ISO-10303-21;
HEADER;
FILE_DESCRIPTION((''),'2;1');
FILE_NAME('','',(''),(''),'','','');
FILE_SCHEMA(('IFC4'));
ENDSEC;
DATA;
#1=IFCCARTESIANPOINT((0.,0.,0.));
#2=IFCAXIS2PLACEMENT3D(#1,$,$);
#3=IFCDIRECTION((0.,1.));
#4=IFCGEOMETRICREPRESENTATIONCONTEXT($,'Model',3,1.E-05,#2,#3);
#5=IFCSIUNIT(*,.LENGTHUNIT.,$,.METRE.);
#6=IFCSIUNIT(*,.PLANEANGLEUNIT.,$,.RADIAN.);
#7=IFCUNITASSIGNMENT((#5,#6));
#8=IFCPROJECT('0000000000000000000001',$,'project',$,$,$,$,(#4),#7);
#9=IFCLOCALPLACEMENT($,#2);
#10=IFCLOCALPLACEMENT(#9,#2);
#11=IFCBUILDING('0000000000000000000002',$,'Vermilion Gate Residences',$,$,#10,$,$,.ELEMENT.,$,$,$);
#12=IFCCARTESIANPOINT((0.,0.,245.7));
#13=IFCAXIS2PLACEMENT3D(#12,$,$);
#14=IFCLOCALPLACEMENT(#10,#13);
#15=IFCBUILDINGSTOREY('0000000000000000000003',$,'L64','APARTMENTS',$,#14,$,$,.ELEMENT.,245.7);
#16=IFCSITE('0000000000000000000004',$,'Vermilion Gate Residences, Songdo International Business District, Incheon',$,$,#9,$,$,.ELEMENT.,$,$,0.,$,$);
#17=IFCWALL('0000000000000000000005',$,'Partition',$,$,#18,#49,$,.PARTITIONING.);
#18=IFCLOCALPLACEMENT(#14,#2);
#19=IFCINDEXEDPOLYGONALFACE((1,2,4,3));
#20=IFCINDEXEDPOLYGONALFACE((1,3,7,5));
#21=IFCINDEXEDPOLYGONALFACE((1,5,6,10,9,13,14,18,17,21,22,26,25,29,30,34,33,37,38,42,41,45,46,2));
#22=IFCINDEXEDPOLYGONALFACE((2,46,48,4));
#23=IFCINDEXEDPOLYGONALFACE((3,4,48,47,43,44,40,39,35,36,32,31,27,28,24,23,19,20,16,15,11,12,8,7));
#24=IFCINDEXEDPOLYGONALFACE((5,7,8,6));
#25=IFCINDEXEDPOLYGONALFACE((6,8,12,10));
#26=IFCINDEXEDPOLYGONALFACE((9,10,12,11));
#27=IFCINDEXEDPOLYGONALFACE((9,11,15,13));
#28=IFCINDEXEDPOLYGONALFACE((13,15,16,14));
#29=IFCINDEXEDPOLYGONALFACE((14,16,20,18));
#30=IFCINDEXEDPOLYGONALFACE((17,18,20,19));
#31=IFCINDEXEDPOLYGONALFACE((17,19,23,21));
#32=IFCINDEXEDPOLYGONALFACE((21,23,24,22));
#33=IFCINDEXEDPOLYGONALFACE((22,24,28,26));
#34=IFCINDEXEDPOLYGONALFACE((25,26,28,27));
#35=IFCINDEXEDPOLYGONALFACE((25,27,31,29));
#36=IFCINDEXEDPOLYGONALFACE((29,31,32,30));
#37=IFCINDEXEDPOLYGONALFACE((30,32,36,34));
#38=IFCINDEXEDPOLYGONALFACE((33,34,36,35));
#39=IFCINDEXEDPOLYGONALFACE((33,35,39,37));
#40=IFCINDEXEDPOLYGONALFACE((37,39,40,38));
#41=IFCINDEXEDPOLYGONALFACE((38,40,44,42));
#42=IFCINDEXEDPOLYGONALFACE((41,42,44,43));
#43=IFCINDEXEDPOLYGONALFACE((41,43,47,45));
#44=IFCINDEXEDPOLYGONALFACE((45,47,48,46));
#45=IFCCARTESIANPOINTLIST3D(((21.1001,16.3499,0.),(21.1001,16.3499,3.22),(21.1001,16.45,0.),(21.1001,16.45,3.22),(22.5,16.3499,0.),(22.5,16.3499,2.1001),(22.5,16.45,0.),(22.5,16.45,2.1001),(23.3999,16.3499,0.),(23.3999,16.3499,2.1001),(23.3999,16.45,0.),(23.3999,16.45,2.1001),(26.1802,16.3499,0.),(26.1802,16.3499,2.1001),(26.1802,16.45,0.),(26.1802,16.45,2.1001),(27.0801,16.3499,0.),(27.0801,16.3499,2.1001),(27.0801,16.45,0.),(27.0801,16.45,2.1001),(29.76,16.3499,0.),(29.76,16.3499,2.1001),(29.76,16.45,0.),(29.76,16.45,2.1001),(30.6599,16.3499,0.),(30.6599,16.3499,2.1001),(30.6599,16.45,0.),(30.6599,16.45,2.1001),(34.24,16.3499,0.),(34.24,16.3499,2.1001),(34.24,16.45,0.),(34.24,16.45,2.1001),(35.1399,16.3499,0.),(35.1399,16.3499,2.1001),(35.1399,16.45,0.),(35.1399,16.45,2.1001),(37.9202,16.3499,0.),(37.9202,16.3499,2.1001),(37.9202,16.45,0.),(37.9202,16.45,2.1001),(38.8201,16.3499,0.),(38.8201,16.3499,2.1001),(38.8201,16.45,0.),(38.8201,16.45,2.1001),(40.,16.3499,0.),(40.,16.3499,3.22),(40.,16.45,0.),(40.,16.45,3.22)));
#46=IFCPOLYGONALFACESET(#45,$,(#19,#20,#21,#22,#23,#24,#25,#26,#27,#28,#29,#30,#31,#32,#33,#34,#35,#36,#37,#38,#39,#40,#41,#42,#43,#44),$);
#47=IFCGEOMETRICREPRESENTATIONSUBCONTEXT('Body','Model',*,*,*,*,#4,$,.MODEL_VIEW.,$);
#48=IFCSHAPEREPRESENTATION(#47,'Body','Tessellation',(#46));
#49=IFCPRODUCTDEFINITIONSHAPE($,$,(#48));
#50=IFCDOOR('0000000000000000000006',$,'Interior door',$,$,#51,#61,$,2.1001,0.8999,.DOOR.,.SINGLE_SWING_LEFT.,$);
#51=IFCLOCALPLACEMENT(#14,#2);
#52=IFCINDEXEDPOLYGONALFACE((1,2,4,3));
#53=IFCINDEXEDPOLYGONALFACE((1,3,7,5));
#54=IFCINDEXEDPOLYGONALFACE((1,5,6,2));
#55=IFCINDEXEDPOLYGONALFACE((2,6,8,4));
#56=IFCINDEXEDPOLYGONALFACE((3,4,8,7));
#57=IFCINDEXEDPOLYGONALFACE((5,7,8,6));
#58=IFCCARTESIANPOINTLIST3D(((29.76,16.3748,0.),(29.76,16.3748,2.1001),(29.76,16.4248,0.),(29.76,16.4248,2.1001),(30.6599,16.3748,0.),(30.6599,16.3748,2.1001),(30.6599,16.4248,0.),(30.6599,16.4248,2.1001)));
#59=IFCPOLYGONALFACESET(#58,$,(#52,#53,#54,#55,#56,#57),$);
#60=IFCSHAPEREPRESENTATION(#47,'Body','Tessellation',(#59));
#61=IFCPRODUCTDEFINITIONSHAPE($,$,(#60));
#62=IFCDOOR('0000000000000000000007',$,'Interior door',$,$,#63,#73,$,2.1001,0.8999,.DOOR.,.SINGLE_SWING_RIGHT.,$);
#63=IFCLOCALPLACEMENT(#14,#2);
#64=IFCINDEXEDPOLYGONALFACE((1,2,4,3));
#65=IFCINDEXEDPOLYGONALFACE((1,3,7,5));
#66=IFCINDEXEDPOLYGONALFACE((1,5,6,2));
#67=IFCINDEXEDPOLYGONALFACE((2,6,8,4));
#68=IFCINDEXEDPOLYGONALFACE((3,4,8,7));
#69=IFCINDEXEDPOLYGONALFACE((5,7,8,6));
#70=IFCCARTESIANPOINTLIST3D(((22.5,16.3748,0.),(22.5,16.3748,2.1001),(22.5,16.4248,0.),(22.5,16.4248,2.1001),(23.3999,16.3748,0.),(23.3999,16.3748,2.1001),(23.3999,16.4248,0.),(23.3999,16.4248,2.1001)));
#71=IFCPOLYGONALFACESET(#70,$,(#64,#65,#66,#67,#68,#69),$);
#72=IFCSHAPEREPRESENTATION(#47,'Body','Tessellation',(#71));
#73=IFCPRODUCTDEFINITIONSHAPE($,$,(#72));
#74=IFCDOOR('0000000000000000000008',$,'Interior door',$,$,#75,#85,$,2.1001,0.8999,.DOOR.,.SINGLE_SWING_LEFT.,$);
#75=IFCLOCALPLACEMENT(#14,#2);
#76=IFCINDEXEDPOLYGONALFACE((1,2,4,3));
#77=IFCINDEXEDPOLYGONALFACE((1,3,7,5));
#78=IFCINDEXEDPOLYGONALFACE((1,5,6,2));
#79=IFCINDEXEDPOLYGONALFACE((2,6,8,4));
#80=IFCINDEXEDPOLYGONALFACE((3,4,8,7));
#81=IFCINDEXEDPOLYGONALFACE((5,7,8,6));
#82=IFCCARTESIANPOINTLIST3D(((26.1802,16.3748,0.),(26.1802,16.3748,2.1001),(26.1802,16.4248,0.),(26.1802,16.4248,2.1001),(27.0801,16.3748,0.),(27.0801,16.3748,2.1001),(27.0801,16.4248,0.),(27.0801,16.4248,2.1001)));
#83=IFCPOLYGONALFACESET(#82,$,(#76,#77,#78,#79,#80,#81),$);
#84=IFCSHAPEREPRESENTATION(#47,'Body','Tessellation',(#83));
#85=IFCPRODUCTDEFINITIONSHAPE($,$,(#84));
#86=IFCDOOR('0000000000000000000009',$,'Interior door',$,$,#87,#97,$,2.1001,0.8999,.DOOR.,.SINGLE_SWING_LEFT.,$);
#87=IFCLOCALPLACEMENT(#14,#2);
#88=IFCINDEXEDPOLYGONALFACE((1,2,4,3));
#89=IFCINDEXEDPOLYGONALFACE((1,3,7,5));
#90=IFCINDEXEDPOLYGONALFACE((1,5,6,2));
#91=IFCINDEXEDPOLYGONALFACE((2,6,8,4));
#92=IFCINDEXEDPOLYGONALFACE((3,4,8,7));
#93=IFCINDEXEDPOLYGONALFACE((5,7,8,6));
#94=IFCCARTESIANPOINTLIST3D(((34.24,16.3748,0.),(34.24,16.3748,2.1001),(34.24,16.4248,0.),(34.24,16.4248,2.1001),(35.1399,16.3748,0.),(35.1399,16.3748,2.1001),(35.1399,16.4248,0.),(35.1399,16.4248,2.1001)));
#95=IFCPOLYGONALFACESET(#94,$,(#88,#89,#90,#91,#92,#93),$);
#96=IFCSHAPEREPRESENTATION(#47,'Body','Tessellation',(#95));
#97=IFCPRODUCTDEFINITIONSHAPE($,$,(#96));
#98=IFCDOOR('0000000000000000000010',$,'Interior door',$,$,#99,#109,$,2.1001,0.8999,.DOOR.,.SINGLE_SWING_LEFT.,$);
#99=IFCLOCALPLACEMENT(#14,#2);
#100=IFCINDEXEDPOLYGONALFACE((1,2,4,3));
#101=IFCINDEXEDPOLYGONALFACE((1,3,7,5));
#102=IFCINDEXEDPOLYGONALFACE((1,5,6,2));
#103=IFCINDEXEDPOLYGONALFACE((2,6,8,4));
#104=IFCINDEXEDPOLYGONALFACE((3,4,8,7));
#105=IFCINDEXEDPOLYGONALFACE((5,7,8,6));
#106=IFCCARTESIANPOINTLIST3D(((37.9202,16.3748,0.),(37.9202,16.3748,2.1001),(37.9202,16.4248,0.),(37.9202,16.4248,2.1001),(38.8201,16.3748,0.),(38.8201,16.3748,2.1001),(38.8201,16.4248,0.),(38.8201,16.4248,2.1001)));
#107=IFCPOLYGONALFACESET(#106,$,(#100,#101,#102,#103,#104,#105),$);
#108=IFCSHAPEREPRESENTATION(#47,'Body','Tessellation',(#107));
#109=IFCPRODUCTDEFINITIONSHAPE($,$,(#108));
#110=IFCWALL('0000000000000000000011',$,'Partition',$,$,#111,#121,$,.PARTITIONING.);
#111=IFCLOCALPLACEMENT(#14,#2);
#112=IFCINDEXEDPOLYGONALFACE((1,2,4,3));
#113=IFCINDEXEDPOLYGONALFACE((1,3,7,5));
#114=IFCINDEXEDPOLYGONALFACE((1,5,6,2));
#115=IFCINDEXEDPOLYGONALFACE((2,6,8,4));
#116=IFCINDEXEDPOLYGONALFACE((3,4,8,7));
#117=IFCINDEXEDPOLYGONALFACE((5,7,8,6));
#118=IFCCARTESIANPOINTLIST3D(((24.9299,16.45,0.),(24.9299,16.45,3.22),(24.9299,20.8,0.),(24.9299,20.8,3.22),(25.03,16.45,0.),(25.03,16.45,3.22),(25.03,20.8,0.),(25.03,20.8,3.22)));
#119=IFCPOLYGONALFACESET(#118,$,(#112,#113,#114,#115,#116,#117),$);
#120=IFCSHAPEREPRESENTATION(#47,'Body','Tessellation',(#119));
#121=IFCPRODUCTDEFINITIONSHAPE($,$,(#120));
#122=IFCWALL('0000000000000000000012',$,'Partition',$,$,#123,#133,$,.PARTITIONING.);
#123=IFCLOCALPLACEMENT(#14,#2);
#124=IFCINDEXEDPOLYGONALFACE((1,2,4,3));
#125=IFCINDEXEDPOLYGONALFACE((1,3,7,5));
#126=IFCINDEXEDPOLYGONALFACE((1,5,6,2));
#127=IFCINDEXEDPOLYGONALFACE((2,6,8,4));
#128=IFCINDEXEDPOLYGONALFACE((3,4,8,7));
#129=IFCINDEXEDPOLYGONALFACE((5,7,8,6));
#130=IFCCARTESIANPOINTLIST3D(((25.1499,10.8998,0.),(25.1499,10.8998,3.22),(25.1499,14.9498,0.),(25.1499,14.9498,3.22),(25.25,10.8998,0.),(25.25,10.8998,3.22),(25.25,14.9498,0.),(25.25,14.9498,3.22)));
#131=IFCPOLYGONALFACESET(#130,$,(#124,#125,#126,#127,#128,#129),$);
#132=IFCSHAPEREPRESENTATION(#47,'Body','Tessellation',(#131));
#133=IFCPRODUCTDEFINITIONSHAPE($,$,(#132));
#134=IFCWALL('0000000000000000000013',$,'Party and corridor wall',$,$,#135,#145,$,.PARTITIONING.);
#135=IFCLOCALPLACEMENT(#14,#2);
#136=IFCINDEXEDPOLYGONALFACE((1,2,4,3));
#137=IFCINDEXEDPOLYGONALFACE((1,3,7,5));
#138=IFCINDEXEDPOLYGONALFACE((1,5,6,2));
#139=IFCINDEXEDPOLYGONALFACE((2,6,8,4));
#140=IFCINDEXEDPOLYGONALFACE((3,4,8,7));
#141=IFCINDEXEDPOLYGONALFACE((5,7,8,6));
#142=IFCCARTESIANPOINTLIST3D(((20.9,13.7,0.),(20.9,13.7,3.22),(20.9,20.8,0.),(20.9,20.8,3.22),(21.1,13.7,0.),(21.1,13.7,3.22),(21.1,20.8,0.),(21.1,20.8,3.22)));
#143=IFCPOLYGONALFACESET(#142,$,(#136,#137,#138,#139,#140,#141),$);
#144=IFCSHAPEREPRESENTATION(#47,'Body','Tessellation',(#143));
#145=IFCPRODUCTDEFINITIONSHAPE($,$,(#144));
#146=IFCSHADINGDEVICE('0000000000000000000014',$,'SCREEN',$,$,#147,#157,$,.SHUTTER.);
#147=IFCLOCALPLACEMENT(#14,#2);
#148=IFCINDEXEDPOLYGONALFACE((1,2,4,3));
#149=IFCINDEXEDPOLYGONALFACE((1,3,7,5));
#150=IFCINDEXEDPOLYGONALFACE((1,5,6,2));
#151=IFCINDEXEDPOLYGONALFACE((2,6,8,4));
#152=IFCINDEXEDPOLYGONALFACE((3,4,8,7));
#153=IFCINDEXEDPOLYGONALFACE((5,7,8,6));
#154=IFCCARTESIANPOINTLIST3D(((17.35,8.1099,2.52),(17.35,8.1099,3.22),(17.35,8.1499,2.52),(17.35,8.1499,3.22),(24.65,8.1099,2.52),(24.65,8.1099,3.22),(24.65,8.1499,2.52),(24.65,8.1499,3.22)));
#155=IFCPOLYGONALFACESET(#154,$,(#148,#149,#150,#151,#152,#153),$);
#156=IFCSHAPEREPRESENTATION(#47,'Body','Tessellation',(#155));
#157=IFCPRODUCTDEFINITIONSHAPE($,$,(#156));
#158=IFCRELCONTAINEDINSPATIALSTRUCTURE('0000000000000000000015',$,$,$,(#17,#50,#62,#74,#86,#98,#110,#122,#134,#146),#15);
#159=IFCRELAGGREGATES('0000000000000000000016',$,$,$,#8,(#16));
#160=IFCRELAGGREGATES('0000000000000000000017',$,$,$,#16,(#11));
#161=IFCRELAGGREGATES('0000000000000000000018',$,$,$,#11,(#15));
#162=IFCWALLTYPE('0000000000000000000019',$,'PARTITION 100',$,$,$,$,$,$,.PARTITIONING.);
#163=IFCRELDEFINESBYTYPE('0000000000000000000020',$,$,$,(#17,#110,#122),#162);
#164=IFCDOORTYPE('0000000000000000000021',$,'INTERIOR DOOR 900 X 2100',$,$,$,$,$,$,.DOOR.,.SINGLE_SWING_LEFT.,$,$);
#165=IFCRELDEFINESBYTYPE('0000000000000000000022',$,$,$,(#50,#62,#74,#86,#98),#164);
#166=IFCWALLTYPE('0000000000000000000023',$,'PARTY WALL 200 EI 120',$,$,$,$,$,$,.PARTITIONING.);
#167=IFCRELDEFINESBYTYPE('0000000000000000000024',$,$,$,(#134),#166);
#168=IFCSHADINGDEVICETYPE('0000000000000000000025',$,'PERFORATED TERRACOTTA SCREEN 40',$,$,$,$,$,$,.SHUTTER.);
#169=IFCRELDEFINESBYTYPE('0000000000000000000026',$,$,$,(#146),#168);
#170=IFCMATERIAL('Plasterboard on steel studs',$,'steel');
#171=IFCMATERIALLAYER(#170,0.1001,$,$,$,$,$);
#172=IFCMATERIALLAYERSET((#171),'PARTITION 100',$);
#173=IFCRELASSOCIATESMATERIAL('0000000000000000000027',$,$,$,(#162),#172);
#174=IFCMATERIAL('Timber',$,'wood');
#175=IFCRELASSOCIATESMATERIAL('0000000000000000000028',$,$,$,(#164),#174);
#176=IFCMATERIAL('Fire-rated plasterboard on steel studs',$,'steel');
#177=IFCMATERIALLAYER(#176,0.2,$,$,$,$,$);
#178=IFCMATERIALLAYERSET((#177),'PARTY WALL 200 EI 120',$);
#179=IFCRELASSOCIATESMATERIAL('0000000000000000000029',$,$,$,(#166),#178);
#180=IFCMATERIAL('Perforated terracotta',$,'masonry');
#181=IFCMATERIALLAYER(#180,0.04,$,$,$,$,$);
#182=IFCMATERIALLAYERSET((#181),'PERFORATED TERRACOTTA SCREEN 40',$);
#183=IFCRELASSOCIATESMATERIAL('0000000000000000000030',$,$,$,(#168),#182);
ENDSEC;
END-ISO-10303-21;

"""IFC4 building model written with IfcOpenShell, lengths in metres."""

from ifc_helpers import new_model, si_unit, direction, frame, frame_2d, origin, origin_2d, place, context, subcontext, project, spatial, rectangle, extrude, material, layer, layer_set, type_object, element, fill, save


model = new_model("IFC4")

# Units and contexts
model_context = context("Model", 3, precision=1e-05, world=origin(), true_north=direction((0.0, 1.0)))
body_context = subcontext(model_context, "Body", "Model", "MODEL_VIEW")
ifc_project = project(units=[si_unit("LENGTHUNIT", "METRE"), si_unit("PLANEANGLEUNIT", "RADIAN")], contexts=[model_context])

# Site, building, storey
site_placement = place(None, origin())
site = spatial("IfcSite", under=ifc_project, at=site_placement, Name="Vermilion Gate Residences, Songdo International Business District, Incheon", CompositionType="ELEMENT", RefElevation=0.0)
building_placement = place(site_placement, origin())
building = spatial("IfcBuilding", under=site, at=building_placement, Name="Vermilion Gate Residences", CompositionType="ELEMENT")
storey_placement = place(building_placement, frame((0.0, 0.0, 245.7)))
storey = spatial("IfcBuildingStorey", under=building, at=storey_placement, Name="L64", Description="APARTMENTS", CompositionType="ELEMENT", Elevation=245.7)

# Wall, openings, doors
ifc_material_1 = material(Name="Plasterboard on steel studs", Category="steel")
ifc_layer_1 = layer(ifc_material_1, 0.1001)
ifc_layer_set_1 = layer_set([ifc_layer_1], Name="PARTITION 100")
wall_type_1 = type_object("IfcWallType", Name="PARTITION 100", PredefinedType="PARTITIONING", material=ifc_layer_set_1)
ifc_material_2 = material(Name="Timber", Category="wood")
door_type = type_object("IfcDoorType", Name="INTERIOR DOOR 900 X 2100", OperationType="SINGLE_SWING_LEFT", PredefinedType="DOOR", material=ifc_material_2)
wall_1_placement = place(storey_placement, frame((21.1001, 16.3999, 0.0), z_axis=(0.0, 0.0, 1.0), x_axis=(1.0, 0.0, 0.0)))
wall_1 = element("IfcWall", 1, at=wall_1_placement, inside=storey, type_object=wall_type_1, Name="Partition", PredefinedType="PARTITIONING", context=body_context, shape_type="SweptSolid", body=[
    extrude(rectangle(XDim=18.8999, YDim=0.1001, at=frame_2d((9.45, 0.0))), origin(), (0.0, 0.0, 1.0), 3.22),
])
opening_1_placement = place(wall_1_placement, frame((8.6599, 0.0, 0.0)))
opening_1 = element("IfcOpeningElement", 2, at=opening_1_placement, cuts=wall_1, PredefinedType="OPENING", context=body_context, shape_type="SweptSolid", body=[
    extrude(rectangle(XDim=0.8999, YDim=2.1001, at=frame_2d((0.45, 1.05))), frame((0.0, 0.0601, 0.0), z_axis=(0.0, -1.0, 0.0), x_axis=(1.0, 0.0, 0.0)), (0.0, 0.0, 1.0), 0.1201),
])
opening_2_placement = place(wall_1_placement, frame((1.3999, 0.0, 0.0)))
opening_2 = element("IfcOpeningElement", 3, at=opening_2_placement, cuts=wall_1, PredefinedType="OPENING", context=body_context, shape_type="SweptSolid", body=[
    extrude(rectangle(XDim=0.8999, YDim=2.1001, at=frame_2d((0.45, 1.05))), frame((0.0, 0.0601, 0.0), z_axis=(0.0, -1.0, 0.0), x_axis=(1.0, 0.0, 0.0)), (0.0, 0.0, 1.0), 0.1201),
])
opening_3_placement = place(wall_1_placement, frame((5.0801, 0.0, 0.0)))
opening_3 = element("IfcOpeningElement", 4, at=opening_3_placement, cuts=wall_1, PredefinedType="OPENING", context=body_context, shape_type="SweptSolid", body=[
    extrude(rectangle(XDim=0.8999, YDim=2.1001, at=frame_2d((0.45, 1.05))), frame((0.0, 0.0601, 0.0), z_axis=(0.0, -1.0, 0.0), x_axis=(1.0, 0.0, 0.0)), (0.0, 0.0, 1.0), 0.1201),
])
opening_4_placement = place(wall_1_placement, frame((13.1399, 0.0, 0.0)))
opening_4 = element("IfcOpeningElement", 5, at=opening_4_placement, cuts=wall_1, PredefinedType="OPENING", context=body_context, shape_type="SweptSolid", body=[
    extrude(rectangle(XDim=0.8999, YDim=2.1001, at=frame_2d((0.45, 1.05))), frame((0.0, 0.0601, 0.0), z_axis=(0.0, -1.0, 0.0), x_axis=(1.0, 0.0, 0.0)), (0.0, 0.0, 1.0), 0.1201),
])
opening_5_placement = place(wall_1_placement, frame((16.8201, 0.0, 0.0)))
opening_5 = element("IfcOpeningElement", 6, at=opening_5_placement, cuts=wall_1, PredefinedType="OPENING", context=body_context, shape_type="SweptSolid", body=[
    extrude(rectangle(XDim=0.8999, YDim=2.1001, at=frame_2d((0.45, 1.05))), frame((0.0, 0.0601, 0.0), z_axis=(0.0, -1.0, 0.0), x_axis=(1.0, 0.0, 0.0)), (0.0, 0.0, 1.0), 0.1201),
])
door_1_placement = place(opening_1_placement, origin())
door_1 = element("IfcDoor", 7, at=door_1_placement, inside=storey, type_object=door_type, Name="Interior door", OperationType="SINGLE_SWING_LEFT", OverallHeight=2.1001, OverallWidth=0.8999, PredefinedType="DOOR", context=body_context, shape_type="SweptSolid", body=[
    extrude(rectangle(XDim=0.8999, YDim=2.1001, at=frame_2d((0.45, 1.05))), frame((0.0, 0.0249, 0.0), z_axis=(0.0, -1.0, 0.0), x_axis=(1.0, 0.0, 0.0)), (0.0, 0.0, 1.0), 0.05),
])
fill(opening_1, door_1)
door_2_placement = place(opening_2_placement, origin())
door_2 = element("IfcDoor", 8, at=door_2_placement, inside=storey, type_object=door_type, Name="Interior door", OperationType="SINGLE_SWING_RIGHT", OverallHeight=2.1001, OverallWidth=0.8999, PredefinedType="DOOR", context=body_context, shape_type="SweptSolid", body=[
    extrude(rectangle(XDim=0.8999, YDim=2.1001, at=frame_2d((0.45, 1.05))), frame((0.0, 0.0249, 0.0), z_axis=(0.0, -1.0, 0.0), x_axis=(1.0, 0.0, 0.0)), (0.0, 0.0, 1.0), 0.05),
])
fill(opening_2, door_2)
door_3_placement = place(opening_3_placement, origin())
door_3 = element("IfcDoor", 9, at=door_3_placement, inside=storey, type_object=door_type, Name="Interior door", OperationType="SINGLE_SWING_LEFT", OverallHeight=2.1001, OverallWidth=0.8999, PredefinedType="DOOR", context=body_context, shape_type="SweptSolid", body=[
    extrude(rectangle(XDim=0.8999, YDim=2.1001, at=frame_2d((0.45, 1.05))), frame((0.0, 0.0249, 0.0), z_axis=(0.0, -1.0, 0.0), x_axis=(1.0, 0.0, 0.0)), (0.0, 0.0, 1.0), 0.05),
])
fill(opening_3, door_3)
door_4_placement = place(opening_4_placement, origin())
door_4 = element("IfcDoor", 10, at=door_4_placement, inside=storey, type_object=door_type, Name="Interior door", OperationType="SINGLE_SWING_LEFT", OverallHeight=2.1001, OverallWidth=0.8999, PredefinedType="DOOR", context=body_context, shape_type="SweptSolid", body=[
    extrude(rectangle(XDim=0.8999, YDim=2.1001, at=frame_2d((0.45, 1.05))), frame((0.0, 0.0249, 0.0), z_axis=(0.0, -1.0, 0.0), x_axis=(1.0, 0.0, 0.0)), (0.0, 0.0, 1.0), 0.05),
])
fill(opening_4, door_4)
door_5_placement = place(opening_5_placement, origin())
door_5 = element("IfcDoor", 11, at=door_5_placement, inside=storey, type_object=door_type, Name="Interior door", OperationType="SINGLE_SWING_LEFT", OverallHeight=2.1001, OverallWidth=0.8999, PredefinedType="DOOR", context=body_context, shape_type="SweptSolid", body=[
    extrude(rectangle(XDim=0.8999, YDim=2.1001, at=frame_2d((0.45, 1.05))), frame((0.0, 0.0249, 0.0), z_axis=(0.0, -1.0, 0.0), x_axis=(1.0, 0.0, 0.0)), (0.0, 0.0, 1.0), 0.05),
])
fill(opening_5, door_5)

# Walls
wall_2_placement = place(storey_placement, frame((24.98, 16.45, 0.0), z_axis=(0.0, 0.0, 1.0), x_axis=(0.0, 1.0, 0.0)))
element("IfcWall", 12, at=wall_2_placement, inside=storey, type_object=wall_type_1, Name="Partition", PredefinedType="PARTITIONING", context=body_context, shape_type="SweptSolid", body=[
    extrude(rectangle(XDim=4.3501, YDim=0.1001, at=frame_2d((2.175, 0.0))), origin(), (0.0, 0.0, 1.0), 3.22),
])
wall_3_placement = place(storey_placement, frame((25.2, 10.8999, 0.0), z_axis=(0.0, 0.0, 1.0), x_axis=(0.0, 1.0, 0.0)))
element("IfcWall", 13, at=wall_3_placement, inside=storey, type_object=wall_type_1, Name="Partition", PredefinedType="PARTITIONING", context=body_context, shape_type="SweptSolid", body=[
    extrude(rectangle(XDim=4.05, YDim=0.1001, at=frame_2d((2.0249, 0.0))), origin(), (0.0, 0.0, 1.0), 3.22),
])
ifc_material_3 = material(Name="Fire-rated plasterboard on steel studs", Category="steel")
ifc_layer_2 = layer(ifc_material_3, 0.2)
ifc_layer_set_2 = layer_set([ifc_layer_2], Name="PARTY WALL 200 EI 120")
wall_type_2 = type_object("IfcWallType", Name="PARTY WALL 200 EI 120", PredefinedType="PARTITIONING", material=ifc_layer_set_2)
wall_4_placement = place(storey_placement, frame((21.0, 13.7, 0.0), z_axis=(0.0, 0.0, 1.0), x_axis=(0.0, 1.0, 0.0)))
element("IfcWall", 14, at=wall_4_placement, inside=storey, type_object=wall_type_2, Name="Party and corridor wall", PredefinedType="PARTITIONING", context=body_context, shape_type="SweptSolid", body=[
    extrude(rectangle(XDim=7.1001, YDim=0.2, at=frame_2d((3.55, 0.0))), origin(), (0.0, 0.0, 1.0), 3.22),
])

# Shading device
ifc_material_4 = material(Name="Perforated terracotta", Category="masonry")
ifc_layer_3 = layer(ifc_material_4, 0.04)
ifc_layer_set_3 = layer_set([ifc_layer_3], Name="PERFORATED TERRACOTTA SCREEN 40")
shading_device_type_1 = type_object("IfcShadingDeviceType", Name="PERFORATED TERRACOTTA SCREEN 40", PredefinedType="SHUTTER", material=ifc_layer_set_3)
shading_device_1_placement = place(storey_placement, frame((21.0, 8.1299, 2.52), z_axis=(0.0, 0.0, 1.0), x_axis=(1.0, 0.0, 0.0)))
element("IfcShadingDevice", 15, at=shading_device_1_placement, inside=storey, type_object=shading_device_type_1, Name="SCREEN", PredefinedType="SHUTTER", context=body_context, shape_type="SweptSolid", body=[
    extrude(rectangle(XDim=7.3, YDim=0.04, at=origin_2d()), origin(), (0.0, 0.0, 1.0), 0.7),
])

save(model, "model.ifc")
